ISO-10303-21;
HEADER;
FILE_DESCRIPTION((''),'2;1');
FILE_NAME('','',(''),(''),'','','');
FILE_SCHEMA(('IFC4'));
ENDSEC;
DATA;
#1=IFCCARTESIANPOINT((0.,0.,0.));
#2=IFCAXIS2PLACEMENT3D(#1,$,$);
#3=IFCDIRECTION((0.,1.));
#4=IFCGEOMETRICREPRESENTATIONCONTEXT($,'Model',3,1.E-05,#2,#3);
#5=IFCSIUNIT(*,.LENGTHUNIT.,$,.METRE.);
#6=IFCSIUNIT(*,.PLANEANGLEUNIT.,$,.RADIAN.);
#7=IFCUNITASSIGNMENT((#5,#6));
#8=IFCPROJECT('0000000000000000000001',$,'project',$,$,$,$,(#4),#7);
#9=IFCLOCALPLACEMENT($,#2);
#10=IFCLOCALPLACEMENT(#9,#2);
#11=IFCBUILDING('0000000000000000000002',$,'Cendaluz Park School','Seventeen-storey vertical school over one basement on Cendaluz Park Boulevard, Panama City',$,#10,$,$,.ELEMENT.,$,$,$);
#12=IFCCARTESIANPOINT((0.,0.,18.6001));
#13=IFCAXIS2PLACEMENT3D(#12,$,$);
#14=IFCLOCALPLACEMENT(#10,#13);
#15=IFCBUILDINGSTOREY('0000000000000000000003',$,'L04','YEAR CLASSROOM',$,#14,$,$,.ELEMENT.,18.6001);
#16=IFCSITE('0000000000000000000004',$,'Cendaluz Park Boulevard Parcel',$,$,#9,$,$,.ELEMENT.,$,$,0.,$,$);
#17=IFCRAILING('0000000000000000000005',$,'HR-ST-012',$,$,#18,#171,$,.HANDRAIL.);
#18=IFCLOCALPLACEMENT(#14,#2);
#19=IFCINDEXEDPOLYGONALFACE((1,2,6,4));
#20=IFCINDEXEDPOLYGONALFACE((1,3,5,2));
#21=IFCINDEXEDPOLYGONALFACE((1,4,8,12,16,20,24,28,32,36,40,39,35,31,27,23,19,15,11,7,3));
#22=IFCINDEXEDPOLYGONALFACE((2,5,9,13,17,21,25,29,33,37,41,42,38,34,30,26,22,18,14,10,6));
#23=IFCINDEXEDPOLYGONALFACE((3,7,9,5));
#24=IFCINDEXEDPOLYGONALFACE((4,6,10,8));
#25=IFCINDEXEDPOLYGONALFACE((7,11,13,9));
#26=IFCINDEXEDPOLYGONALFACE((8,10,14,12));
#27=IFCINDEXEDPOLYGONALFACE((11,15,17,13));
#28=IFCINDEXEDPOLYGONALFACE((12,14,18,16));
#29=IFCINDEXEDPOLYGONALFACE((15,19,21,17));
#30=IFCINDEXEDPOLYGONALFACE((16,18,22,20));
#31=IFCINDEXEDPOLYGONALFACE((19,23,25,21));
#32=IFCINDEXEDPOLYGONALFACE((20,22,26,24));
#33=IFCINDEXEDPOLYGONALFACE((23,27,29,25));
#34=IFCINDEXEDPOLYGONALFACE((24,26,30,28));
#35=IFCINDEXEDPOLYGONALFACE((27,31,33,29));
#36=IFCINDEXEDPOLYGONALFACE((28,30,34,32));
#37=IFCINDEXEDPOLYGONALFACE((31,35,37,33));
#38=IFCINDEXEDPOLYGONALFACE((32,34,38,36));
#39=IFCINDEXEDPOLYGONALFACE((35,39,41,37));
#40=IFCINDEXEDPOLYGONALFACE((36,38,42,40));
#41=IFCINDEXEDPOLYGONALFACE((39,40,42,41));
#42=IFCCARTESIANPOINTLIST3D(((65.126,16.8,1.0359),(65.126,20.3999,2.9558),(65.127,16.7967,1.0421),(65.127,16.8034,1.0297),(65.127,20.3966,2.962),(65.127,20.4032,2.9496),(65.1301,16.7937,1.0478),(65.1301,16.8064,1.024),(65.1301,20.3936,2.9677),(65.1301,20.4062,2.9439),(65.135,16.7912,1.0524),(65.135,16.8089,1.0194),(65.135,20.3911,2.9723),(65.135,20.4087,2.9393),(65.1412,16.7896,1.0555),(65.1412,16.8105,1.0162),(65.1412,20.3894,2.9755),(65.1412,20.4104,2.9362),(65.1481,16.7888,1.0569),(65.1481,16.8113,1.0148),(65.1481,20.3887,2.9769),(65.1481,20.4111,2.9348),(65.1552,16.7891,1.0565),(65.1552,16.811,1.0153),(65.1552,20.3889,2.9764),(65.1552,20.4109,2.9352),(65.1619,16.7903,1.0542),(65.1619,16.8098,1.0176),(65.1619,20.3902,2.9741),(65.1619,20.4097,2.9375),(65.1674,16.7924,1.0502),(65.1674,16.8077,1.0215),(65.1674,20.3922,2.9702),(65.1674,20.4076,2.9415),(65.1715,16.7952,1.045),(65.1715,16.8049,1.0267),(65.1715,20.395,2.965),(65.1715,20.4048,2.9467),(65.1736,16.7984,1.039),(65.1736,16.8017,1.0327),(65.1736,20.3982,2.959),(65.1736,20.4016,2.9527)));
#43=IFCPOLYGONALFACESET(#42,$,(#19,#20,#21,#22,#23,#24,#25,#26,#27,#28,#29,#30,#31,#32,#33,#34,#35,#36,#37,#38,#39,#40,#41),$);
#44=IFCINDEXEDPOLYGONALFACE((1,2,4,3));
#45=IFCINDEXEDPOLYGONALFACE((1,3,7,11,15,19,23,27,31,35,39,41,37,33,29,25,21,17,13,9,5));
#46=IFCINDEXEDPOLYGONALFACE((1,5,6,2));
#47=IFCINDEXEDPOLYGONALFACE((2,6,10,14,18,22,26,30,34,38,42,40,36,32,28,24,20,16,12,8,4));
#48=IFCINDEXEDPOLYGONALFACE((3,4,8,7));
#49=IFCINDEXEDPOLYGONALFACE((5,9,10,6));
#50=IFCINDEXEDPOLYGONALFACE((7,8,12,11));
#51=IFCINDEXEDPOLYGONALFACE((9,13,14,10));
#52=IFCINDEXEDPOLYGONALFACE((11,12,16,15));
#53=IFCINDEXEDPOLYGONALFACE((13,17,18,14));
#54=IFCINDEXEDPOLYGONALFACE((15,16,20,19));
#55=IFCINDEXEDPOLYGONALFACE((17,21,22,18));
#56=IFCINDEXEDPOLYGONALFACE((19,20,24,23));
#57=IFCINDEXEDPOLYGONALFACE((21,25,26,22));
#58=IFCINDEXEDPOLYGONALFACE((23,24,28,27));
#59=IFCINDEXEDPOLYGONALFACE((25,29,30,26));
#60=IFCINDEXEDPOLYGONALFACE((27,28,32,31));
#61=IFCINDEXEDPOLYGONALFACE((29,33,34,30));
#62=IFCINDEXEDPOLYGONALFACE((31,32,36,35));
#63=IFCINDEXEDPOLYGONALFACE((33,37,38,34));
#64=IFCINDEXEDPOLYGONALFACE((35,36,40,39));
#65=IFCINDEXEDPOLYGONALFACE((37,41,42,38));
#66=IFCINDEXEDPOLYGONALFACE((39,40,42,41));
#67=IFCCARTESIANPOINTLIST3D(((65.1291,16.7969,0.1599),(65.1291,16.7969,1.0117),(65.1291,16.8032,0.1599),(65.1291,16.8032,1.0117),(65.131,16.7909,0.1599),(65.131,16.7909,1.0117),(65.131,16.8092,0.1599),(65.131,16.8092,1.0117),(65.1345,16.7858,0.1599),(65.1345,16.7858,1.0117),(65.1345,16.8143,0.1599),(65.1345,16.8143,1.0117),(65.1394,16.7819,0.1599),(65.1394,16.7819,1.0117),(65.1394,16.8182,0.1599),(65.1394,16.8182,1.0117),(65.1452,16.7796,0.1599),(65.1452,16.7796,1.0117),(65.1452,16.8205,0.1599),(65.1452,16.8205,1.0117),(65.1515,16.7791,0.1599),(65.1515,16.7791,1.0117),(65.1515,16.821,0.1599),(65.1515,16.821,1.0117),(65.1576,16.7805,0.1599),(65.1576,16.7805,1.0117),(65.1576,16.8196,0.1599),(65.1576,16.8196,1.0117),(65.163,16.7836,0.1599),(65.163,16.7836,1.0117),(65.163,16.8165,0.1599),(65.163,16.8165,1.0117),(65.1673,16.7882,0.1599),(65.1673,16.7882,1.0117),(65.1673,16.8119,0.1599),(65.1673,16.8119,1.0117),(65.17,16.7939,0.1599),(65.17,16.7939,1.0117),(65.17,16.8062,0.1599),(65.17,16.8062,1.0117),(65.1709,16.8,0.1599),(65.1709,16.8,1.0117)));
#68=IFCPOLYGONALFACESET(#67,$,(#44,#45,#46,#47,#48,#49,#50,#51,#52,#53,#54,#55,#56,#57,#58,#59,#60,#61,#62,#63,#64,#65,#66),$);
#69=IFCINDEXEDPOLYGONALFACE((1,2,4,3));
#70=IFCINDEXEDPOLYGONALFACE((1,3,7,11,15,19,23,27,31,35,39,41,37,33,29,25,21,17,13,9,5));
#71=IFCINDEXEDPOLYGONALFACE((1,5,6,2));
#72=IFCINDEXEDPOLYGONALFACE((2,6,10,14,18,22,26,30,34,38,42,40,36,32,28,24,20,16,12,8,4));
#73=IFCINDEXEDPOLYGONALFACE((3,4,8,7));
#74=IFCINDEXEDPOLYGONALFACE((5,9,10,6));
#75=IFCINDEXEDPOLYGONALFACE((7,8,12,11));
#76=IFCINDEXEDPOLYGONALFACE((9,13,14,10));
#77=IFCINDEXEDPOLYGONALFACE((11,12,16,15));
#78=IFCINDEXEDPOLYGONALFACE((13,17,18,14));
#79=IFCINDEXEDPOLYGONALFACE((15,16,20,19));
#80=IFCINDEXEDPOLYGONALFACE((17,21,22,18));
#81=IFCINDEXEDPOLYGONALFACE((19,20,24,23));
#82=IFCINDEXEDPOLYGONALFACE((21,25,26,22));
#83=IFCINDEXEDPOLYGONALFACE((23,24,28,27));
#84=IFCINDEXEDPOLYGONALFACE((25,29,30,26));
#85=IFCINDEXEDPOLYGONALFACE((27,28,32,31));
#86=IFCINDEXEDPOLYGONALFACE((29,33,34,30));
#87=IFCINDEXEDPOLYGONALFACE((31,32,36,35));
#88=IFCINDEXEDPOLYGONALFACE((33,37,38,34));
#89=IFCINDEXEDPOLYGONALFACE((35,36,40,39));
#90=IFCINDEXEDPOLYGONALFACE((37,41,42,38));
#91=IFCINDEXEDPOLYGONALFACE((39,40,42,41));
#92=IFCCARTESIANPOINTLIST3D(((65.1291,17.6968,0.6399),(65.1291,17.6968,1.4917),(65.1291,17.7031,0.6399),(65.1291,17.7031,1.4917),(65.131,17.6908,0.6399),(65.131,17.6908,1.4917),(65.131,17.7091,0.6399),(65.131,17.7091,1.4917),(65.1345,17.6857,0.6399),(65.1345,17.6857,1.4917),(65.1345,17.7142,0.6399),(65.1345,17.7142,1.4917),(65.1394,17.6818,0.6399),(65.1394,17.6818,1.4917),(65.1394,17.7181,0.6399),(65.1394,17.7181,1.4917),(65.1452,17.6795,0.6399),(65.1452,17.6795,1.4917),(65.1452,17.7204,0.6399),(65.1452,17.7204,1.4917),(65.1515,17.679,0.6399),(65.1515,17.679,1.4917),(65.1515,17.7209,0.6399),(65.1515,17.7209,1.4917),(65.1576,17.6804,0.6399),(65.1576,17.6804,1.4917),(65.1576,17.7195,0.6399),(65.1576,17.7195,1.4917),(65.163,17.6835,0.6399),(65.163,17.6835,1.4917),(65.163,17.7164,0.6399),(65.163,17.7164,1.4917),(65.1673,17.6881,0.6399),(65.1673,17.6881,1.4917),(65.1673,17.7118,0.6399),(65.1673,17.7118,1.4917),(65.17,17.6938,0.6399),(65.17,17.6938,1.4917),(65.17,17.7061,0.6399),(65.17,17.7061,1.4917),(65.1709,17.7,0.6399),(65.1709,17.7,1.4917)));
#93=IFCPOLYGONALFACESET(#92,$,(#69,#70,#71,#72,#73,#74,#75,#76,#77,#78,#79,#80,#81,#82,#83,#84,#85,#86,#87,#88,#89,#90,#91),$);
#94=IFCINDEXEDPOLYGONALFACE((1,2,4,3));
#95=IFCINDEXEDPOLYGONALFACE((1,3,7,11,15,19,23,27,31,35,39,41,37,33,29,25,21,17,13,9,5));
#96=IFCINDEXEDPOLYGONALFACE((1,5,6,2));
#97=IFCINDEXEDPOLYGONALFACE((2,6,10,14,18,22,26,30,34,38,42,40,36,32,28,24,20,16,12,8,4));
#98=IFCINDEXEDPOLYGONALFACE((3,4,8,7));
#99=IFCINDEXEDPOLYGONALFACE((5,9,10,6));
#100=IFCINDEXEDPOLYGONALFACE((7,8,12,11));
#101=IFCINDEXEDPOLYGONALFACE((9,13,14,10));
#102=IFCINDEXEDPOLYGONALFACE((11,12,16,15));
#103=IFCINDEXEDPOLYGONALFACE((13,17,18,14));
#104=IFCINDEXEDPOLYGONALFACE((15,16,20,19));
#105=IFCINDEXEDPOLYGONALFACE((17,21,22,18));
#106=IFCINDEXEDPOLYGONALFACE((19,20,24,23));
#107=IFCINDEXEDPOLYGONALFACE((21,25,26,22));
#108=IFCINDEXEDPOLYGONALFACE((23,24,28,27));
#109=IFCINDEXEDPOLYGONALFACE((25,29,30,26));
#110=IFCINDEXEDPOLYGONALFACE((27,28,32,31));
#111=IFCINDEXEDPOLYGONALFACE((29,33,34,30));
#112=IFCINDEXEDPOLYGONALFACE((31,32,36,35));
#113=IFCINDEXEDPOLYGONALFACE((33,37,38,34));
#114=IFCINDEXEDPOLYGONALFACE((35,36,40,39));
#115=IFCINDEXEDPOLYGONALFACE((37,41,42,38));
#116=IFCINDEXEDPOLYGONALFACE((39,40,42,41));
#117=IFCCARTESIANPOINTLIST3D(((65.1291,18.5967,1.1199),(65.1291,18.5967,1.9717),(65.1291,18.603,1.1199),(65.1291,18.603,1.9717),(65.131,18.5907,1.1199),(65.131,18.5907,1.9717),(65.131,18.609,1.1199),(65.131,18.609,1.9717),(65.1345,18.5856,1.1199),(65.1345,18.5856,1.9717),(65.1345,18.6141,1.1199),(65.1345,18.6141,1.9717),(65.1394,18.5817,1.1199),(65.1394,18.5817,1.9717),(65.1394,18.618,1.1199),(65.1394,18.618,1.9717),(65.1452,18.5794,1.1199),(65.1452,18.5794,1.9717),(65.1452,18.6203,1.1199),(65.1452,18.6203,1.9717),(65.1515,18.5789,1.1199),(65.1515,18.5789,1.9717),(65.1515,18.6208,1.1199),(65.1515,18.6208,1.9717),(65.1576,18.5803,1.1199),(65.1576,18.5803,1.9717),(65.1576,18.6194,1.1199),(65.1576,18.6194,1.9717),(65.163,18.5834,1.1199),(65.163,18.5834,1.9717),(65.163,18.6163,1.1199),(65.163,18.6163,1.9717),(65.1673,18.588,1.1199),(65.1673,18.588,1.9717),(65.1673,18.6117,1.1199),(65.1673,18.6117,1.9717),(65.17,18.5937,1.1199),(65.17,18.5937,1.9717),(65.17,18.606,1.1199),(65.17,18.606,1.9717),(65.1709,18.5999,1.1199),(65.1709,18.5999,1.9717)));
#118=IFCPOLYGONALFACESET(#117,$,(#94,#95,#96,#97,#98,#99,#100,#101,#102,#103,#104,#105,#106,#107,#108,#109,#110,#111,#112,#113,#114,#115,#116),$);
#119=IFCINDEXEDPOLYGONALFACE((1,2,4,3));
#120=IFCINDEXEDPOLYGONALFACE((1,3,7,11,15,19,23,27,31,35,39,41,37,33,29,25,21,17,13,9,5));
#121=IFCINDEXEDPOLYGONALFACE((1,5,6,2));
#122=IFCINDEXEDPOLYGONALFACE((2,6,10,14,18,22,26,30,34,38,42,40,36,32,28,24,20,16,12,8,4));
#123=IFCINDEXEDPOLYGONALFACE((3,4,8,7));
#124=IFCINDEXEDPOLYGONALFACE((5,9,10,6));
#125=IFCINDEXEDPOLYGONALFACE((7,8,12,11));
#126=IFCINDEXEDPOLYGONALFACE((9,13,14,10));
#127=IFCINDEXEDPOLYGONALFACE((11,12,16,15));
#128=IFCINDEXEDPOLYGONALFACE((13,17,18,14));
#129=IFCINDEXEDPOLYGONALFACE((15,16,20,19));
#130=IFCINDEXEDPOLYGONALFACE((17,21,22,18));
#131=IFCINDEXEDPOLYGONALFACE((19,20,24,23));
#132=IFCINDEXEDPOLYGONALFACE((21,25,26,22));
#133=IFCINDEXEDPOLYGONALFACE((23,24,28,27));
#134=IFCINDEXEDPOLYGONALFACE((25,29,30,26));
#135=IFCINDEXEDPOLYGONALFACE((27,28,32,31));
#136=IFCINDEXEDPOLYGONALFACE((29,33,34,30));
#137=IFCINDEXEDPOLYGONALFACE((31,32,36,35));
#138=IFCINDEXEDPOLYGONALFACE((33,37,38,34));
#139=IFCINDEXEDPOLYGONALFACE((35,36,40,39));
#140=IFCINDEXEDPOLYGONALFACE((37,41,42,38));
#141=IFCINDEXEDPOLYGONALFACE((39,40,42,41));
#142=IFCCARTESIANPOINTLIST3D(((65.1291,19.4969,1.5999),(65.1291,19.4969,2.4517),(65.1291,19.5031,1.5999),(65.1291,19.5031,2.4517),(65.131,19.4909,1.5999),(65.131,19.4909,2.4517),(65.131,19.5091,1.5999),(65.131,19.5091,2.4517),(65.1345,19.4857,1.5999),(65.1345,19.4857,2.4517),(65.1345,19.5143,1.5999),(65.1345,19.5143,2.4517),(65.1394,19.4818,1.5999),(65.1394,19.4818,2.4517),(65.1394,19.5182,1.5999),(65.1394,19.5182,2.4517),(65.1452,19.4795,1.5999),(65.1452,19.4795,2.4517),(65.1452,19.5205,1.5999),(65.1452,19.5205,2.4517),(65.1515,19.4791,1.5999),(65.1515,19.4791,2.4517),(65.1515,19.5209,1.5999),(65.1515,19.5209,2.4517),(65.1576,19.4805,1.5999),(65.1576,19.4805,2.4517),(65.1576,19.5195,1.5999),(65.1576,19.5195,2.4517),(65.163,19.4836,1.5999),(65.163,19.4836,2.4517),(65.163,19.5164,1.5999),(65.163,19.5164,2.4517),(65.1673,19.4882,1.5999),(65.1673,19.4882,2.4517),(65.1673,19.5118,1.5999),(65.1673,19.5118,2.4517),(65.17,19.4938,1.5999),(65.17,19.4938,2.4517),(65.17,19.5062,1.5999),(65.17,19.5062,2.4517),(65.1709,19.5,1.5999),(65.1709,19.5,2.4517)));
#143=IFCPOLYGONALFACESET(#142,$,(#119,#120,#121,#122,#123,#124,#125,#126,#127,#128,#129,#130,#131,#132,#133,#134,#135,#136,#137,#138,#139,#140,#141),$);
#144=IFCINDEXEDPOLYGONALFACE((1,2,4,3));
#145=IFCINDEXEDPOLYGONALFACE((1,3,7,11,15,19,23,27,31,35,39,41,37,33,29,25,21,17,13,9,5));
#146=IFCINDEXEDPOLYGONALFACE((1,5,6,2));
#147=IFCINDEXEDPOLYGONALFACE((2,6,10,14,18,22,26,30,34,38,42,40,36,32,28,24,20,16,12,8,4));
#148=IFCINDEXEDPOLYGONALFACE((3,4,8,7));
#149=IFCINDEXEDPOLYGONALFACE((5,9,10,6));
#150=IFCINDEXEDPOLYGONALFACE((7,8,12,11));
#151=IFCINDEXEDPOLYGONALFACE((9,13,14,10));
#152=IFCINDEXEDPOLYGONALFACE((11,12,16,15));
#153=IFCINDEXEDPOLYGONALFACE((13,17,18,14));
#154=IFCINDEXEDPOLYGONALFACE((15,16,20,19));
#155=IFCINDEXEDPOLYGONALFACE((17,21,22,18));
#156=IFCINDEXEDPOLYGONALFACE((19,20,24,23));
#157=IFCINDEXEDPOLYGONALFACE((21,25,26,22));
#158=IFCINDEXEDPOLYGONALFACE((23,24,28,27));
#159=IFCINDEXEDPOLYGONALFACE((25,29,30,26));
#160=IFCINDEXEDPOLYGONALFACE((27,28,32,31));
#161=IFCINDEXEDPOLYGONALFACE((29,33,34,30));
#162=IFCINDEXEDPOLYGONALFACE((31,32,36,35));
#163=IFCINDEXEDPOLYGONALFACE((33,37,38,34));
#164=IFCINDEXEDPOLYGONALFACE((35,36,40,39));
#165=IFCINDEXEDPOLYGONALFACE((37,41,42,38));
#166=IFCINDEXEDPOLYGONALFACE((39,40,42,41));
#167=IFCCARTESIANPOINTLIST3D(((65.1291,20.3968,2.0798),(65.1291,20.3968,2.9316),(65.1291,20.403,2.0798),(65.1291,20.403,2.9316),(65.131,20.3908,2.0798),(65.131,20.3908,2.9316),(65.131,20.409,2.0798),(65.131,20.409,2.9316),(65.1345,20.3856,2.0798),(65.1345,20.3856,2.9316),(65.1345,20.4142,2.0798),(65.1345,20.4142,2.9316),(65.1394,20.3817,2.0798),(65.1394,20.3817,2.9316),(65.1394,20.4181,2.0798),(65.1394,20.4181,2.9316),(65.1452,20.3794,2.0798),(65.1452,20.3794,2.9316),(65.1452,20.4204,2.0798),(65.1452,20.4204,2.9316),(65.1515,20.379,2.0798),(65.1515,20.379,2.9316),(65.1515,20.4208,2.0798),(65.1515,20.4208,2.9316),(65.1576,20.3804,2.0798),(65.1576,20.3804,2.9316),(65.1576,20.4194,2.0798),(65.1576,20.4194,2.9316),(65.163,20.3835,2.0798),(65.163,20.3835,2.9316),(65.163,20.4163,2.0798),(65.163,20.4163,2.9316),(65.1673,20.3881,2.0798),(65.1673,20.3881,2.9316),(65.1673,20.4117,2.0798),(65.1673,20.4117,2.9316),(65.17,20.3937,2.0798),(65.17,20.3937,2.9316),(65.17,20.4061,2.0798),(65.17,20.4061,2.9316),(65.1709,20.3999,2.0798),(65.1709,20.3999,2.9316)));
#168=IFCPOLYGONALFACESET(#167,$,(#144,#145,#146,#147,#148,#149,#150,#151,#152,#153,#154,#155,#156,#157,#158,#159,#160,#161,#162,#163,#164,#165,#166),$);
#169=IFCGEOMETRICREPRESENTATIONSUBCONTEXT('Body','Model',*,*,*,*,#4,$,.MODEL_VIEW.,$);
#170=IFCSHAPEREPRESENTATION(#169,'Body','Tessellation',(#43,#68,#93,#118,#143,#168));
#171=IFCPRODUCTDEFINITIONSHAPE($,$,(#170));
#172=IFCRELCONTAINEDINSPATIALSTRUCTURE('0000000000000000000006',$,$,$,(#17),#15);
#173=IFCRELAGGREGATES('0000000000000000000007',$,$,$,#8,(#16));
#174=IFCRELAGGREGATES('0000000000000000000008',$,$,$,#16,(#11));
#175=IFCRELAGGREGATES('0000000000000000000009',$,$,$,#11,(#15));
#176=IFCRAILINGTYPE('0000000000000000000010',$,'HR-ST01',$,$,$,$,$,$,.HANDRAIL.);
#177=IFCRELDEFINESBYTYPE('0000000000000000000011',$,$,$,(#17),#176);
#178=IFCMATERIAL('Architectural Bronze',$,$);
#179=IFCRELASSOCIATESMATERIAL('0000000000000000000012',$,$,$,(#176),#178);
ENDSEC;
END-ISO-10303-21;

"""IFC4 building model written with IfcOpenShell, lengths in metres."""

from ifc_helpers import new_model, si_unit, direction, frame, origin, origin_2d, place, context, subcontext, project, spatial, circle, extrude, material, type_object, element, save


model = new_model("IFC4")

# Units and contexts
model_context = context("Model", 3, precision=1e-05, world=origin(), true_north=direction((0.0, 1.0)))
body_context = subcontext(model_context, "Body", "Model", "MODEL_VIEW")
ifc_project = project(units=[si_unit("LENGTHUNIT", "METRE"), si_unit("PLANEANGLEUNIT", "RADIAN")], contexts=[model_context])

# Site, building, storey
site_placement = place(None, origin())
site = spatial("IfcSite", under=ifc_project, at=site_placement, Name="Cendaluz Park Boulevard Parcel", CompositionType="ELEMENT", RefElevation=0.0)
building_placement = place(site_placement, origin())
building = spatial("IfcBuilding", under=site, at=building_placement, Name="Cendaluz Park School", Description="Seventeen-storey vertical school over one basement on Cendaluz Park Boulevard, Panama City", CompositionType="ELEMENT")
storey_placement = place(building_placement, frame((0.0, 0.0, 18.6001)))
storey = spatial("IfcBuildingStorey", under=building, at=storey_placement, Name="L04", Description="YEAR CLASSROOM", CompositionType="ELEMENT", Elevation=18.6001)

# Railing
ifc_material_1 = material(Name="Architectural Bronze")
railing_type_1 = type_object("IfcRailingType", Name="HR-ST01", PredefinedType="HANDRAIL", material=ifc_material_1)
railing_1_placement = place(storey_placement, frame((65.1499, 16.8, 0.1599)))
element("IfcRailing", 1, at=railing_1_placement, inside=storey, type_object=railing_type_1, Name="HR-ST-012", PredefinedType="HANDRAIL", context=body_context, shape_type="SweptSolid", body=[
    extrude(circle(Radius=0.0239, at=origin_2d()), frame((0.0, 0.0, 0.876), z_axis=(0.0, 0.882353, 0.470588), x_axis=(-1.0, 0.0, 0.0)), (0.0, 0.0, 1.0), 4.0798),
    extrude(circle(Radius=0.021, at=origin_2d()), origin(), (0.0, 0.0, 1.0), 0.8518),
    extrude(circle(Radius=0.021, at=origin_2d()), frame((0.0, 0.8999, 0.48)), (0.0, 0.0, 1.0), 0.8518),
    extrude(circle(Radius=0.021, at=origin_2d()), frame((0.0, 1.7998, 0.96)), (0.0, 0.0, 1.0), 0.8518),
    extrude(circle(Radius=0.021, at=origin_2d()), frame((0.0, 2.7, 1.4399)), (0.0, 0.0, 1.0), 0.8518),
    extrude(circle(Radius=0.021, at=origin_2d()), frame((0.0, 3.5999, 1.9199)), (0.0, 0.0, 1.0), 0.8518),
])

save(model, "model.ifc")
